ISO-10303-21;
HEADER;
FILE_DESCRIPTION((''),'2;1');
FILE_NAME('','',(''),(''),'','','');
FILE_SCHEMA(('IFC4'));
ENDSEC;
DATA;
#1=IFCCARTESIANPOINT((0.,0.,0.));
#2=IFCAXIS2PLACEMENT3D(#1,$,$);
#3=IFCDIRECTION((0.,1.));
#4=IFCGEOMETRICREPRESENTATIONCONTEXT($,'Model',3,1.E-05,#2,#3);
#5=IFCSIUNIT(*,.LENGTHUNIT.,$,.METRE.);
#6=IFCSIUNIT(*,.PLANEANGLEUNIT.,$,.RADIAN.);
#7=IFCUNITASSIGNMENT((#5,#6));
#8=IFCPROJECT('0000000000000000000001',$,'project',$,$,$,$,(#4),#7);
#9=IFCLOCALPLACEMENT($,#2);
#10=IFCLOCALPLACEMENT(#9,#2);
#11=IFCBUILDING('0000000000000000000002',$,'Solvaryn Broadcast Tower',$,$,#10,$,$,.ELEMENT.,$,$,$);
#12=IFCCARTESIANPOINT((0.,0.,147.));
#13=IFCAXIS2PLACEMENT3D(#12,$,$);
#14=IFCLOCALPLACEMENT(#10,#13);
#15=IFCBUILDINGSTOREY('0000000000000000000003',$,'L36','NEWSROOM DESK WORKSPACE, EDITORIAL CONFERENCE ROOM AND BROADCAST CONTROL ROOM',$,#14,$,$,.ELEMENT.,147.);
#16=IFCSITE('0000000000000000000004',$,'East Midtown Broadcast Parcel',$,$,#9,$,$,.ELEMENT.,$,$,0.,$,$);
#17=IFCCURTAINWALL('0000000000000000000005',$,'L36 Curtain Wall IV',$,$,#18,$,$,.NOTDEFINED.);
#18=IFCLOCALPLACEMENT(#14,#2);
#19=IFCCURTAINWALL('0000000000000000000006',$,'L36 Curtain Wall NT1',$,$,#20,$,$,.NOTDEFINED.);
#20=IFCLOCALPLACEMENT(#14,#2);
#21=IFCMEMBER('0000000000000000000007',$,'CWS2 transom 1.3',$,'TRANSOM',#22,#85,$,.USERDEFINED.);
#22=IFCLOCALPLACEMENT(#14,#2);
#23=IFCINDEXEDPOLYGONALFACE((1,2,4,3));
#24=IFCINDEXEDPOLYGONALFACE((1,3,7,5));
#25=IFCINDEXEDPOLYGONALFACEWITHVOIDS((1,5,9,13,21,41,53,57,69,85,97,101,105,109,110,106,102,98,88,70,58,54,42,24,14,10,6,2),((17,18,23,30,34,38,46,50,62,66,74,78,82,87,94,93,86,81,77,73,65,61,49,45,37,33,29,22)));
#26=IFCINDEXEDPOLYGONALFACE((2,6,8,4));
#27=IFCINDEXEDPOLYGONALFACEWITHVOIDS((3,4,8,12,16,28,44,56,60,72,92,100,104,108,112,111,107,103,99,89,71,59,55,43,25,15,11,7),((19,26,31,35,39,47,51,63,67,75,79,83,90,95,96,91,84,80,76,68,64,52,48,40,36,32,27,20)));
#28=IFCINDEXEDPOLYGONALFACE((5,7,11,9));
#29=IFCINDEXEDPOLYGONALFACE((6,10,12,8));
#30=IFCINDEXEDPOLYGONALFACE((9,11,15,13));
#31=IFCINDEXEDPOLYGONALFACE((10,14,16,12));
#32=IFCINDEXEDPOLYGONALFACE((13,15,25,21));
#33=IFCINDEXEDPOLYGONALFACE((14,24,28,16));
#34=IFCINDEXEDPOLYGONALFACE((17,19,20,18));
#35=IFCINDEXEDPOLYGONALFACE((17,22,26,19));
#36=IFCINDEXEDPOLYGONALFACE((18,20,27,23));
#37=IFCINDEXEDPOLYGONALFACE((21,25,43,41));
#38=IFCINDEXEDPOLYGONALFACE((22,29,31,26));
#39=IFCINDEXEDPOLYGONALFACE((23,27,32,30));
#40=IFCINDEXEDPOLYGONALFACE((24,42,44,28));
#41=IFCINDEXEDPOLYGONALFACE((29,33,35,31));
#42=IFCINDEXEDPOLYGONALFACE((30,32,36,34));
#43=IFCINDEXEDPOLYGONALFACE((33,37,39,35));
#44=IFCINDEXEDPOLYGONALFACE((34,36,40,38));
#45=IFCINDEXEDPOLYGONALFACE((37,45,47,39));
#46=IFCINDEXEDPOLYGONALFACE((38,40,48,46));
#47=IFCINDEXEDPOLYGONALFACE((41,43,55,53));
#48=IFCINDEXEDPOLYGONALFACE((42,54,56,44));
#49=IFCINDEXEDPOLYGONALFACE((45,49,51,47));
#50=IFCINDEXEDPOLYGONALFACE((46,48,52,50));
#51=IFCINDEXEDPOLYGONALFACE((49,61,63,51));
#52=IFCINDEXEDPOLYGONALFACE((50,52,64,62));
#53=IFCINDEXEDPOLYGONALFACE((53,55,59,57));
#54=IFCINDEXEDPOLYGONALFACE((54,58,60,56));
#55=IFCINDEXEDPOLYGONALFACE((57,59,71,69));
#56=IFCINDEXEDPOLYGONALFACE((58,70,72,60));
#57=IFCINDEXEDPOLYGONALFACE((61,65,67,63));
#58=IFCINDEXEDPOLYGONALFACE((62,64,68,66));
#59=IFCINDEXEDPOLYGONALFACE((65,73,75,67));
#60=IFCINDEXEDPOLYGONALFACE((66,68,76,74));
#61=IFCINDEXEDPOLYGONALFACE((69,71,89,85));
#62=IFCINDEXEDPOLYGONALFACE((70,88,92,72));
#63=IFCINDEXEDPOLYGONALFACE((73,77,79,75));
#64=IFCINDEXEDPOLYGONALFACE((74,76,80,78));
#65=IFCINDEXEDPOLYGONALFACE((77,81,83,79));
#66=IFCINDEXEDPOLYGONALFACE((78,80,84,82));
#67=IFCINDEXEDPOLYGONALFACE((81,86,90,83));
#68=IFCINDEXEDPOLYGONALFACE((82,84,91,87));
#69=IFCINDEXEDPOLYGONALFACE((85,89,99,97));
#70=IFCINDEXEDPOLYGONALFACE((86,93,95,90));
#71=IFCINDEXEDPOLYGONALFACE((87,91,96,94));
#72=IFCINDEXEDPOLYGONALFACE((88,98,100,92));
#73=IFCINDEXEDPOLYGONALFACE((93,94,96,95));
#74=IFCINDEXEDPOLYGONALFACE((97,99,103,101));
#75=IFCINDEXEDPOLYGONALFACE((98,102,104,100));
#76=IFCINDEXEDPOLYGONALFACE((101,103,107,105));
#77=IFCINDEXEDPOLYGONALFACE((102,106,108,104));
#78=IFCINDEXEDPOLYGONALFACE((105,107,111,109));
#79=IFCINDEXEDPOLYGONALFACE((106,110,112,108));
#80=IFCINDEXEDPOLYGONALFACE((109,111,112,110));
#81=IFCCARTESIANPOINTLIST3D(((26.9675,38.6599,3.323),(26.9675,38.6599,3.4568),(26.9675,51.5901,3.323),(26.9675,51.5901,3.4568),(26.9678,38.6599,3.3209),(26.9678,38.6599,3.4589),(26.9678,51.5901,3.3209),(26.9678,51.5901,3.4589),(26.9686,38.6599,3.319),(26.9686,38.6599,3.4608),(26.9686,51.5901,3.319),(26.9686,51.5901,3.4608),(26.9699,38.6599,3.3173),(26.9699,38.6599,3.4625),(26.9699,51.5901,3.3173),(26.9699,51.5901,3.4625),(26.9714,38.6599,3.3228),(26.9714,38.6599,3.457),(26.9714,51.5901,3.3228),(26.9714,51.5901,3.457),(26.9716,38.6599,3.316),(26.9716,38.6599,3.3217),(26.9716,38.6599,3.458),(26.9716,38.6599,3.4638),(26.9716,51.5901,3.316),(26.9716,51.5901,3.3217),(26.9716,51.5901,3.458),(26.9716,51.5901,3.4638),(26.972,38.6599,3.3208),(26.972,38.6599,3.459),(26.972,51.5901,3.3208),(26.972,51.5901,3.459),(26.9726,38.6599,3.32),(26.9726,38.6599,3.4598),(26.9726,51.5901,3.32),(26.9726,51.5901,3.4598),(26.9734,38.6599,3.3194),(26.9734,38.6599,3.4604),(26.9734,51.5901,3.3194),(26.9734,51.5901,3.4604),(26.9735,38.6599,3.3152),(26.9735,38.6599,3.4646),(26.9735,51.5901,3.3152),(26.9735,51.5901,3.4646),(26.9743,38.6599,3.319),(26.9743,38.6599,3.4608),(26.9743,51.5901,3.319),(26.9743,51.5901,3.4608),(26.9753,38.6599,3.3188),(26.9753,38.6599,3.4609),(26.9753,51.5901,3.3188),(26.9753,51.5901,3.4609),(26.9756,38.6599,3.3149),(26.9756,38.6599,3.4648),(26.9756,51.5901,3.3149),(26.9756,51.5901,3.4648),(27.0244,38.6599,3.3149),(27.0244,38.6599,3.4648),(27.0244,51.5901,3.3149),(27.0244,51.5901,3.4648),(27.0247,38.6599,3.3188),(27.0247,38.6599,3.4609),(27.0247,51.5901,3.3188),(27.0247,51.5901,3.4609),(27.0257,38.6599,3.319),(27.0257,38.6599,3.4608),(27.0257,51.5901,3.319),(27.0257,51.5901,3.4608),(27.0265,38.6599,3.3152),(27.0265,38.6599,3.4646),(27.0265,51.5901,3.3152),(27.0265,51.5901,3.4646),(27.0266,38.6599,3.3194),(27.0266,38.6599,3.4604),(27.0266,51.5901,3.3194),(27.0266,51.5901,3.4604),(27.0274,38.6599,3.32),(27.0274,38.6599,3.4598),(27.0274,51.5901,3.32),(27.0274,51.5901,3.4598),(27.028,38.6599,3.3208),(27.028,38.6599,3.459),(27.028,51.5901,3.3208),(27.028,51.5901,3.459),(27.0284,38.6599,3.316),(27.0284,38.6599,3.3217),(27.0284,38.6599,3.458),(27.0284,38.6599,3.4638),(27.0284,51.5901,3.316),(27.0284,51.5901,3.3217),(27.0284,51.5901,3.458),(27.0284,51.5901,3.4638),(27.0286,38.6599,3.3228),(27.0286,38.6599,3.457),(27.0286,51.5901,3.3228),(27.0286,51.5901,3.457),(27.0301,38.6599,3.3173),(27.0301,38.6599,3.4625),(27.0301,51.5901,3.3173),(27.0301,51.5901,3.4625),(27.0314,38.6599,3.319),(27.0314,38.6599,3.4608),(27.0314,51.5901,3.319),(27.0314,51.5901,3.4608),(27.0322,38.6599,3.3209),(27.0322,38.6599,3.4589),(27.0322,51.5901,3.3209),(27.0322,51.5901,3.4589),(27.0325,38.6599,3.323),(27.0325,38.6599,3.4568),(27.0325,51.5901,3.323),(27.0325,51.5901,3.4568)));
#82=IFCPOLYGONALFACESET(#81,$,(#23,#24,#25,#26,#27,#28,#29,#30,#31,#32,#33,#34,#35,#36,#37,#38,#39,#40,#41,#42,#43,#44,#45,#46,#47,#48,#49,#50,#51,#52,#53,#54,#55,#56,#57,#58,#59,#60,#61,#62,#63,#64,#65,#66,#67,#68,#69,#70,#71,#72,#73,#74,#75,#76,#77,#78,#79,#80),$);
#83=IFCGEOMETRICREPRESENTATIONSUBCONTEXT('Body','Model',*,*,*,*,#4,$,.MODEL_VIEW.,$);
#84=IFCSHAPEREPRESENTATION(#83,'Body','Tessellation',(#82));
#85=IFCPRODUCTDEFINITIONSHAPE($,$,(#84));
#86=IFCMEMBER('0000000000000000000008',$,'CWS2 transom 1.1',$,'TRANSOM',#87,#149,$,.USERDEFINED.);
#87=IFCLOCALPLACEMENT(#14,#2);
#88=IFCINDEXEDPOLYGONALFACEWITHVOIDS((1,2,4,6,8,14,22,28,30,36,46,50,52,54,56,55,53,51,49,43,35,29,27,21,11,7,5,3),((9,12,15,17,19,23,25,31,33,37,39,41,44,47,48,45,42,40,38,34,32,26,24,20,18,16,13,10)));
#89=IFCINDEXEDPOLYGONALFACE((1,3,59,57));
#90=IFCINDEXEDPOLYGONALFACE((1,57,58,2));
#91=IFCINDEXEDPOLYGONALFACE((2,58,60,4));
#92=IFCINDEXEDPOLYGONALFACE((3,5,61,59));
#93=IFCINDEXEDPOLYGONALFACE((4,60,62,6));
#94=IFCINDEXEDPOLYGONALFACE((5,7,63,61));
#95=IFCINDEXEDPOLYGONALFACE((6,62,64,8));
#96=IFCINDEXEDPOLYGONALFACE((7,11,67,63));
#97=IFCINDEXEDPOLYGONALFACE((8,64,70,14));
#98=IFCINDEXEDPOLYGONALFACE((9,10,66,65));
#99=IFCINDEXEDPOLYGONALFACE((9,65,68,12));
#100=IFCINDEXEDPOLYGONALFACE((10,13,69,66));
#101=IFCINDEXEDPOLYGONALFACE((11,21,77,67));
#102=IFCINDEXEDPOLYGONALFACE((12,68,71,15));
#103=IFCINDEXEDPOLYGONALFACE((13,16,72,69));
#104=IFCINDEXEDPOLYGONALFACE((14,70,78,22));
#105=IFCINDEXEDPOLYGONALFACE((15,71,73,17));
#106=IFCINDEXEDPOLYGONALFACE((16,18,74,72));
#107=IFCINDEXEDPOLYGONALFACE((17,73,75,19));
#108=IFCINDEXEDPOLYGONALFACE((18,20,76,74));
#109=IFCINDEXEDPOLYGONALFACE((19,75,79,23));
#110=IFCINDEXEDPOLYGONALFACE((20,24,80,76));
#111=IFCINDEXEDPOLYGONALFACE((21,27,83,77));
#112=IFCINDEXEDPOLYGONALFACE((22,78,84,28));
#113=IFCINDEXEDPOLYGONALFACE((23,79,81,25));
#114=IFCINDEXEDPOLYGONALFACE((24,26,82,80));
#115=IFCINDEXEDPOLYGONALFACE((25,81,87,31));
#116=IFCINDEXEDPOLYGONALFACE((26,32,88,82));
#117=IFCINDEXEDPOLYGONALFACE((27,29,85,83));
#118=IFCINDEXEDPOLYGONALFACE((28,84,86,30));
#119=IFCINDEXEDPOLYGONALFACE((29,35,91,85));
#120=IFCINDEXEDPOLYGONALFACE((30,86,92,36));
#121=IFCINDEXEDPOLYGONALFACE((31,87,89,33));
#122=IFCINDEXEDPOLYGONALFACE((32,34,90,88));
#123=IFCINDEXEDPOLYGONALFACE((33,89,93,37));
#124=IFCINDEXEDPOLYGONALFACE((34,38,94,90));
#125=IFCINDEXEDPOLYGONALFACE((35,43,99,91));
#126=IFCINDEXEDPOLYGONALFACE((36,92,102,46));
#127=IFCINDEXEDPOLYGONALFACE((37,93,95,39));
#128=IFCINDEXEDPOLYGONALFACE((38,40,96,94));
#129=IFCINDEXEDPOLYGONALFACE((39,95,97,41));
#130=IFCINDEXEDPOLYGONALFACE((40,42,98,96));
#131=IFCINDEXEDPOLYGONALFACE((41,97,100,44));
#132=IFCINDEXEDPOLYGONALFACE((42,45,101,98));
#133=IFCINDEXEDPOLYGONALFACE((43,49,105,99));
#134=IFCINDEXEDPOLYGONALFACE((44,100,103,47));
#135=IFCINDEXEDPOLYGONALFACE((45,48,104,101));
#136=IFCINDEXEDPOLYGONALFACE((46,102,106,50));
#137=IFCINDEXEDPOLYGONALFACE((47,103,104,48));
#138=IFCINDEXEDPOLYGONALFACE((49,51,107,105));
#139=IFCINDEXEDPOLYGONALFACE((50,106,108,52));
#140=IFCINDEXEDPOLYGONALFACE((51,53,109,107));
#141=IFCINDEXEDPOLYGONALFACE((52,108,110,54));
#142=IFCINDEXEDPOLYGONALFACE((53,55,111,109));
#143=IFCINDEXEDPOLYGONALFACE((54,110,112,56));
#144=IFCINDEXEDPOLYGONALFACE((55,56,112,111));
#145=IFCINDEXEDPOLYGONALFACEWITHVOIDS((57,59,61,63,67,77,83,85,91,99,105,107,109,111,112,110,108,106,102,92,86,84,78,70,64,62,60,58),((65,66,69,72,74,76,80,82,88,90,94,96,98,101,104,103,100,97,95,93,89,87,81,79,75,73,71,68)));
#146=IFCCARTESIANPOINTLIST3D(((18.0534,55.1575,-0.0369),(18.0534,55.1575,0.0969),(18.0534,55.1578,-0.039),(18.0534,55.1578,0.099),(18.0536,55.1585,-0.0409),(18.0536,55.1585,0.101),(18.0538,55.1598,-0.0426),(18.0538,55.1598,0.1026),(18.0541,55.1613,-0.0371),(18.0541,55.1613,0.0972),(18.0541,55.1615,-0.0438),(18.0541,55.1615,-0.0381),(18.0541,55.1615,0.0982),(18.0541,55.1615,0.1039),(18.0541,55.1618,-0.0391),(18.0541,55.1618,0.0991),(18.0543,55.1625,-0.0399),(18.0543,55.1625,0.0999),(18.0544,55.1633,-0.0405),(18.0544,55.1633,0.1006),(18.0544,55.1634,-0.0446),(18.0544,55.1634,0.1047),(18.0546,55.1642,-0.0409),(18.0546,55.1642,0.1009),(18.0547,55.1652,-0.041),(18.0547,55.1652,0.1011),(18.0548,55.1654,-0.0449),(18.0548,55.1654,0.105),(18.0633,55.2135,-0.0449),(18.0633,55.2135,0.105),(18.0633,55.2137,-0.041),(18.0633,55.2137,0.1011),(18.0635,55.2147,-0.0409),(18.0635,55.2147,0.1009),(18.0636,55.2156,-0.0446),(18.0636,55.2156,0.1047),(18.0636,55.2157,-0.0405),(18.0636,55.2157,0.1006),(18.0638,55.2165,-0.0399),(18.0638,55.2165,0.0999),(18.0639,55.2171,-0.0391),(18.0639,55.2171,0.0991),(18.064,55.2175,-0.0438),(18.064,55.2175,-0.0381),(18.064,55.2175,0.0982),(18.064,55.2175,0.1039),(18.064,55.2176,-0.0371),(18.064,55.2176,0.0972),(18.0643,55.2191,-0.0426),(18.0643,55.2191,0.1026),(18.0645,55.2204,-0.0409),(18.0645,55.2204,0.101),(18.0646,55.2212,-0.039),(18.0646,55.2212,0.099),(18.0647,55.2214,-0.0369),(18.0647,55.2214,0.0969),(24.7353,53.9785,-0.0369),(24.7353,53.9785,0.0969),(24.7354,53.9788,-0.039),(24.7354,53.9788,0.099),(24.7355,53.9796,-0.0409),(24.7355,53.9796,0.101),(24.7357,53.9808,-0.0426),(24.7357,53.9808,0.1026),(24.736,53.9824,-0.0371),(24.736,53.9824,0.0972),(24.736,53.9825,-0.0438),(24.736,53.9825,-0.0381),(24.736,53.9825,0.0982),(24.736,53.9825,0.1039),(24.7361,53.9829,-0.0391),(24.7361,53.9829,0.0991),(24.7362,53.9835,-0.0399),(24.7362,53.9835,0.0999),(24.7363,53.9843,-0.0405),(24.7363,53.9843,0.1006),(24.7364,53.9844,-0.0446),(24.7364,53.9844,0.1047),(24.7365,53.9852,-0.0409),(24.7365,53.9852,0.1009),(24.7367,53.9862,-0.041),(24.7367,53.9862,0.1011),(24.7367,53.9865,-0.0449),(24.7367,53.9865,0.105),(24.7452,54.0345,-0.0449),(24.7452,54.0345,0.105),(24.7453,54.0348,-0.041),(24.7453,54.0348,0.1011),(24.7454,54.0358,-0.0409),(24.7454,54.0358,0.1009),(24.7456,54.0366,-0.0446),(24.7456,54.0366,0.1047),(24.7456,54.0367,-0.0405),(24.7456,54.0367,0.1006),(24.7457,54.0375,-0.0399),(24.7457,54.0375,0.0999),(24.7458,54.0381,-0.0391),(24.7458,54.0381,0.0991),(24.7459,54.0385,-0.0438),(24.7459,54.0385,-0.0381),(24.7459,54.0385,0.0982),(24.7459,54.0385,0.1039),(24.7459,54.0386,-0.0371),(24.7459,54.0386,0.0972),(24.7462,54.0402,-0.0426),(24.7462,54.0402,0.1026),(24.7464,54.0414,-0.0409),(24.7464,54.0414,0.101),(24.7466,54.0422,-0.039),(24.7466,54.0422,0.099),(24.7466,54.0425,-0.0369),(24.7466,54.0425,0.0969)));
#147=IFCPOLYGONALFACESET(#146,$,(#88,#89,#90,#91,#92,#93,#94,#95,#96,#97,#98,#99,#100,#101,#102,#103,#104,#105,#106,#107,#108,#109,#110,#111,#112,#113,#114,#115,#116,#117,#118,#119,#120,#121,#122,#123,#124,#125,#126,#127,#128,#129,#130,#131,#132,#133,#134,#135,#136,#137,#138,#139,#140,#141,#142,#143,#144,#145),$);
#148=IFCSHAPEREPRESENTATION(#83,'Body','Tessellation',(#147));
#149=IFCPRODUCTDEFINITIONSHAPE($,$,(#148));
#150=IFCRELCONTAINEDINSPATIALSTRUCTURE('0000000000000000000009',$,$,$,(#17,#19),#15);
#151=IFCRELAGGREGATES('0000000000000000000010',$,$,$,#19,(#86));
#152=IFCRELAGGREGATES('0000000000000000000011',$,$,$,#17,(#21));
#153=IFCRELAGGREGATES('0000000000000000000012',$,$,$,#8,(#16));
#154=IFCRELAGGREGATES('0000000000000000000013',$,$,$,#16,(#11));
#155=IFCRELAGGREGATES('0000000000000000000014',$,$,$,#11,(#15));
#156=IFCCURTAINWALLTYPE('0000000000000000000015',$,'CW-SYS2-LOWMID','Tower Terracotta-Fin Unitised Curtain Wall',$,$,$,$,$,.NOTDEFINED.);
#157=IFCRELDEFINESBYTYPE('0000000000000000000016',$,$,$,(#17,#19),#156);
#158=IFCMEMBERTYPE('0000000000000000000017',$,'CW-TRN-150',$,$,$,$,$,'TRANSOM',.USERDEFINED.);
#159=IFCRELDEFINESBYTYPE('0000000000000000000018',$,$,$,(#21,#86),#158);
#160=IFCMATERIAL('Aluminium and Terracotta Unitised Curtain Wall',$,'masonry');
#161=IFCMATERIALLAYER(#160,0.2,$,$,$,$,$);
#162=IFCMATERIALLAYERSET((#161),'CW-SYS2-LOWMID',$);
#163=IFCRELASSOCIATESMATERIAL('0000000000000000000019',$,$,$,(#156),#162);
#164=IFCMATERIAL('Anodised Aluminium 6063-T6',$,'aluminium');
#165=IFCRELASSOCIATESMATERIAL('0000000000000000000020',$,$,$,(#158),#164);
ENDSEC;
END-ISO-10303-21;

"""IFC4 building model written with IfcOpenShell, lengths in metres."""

from ifc_helpers import new_model, si_unit, direction, frame, origin, origin_2d, place, context, subcontext, project, spatial, hollow_rectangle, extrude, material, layer, layer_set, material_profile, profile_set, type_object, element, aggregate, save


model = new_model("IFC4")

# Units and contexts
model_context = context("Model", 3, precision=1e-05, world=origin(), true_north=direction((0.0, 1.0)))
body_context = subcontext(model_context, "Body", "Model", "MODEL_VIEW")
ifc_project = project(units=[si_unit("LENGTHUNIT", "METRE"), si_unit("PLANEANGLEUNIT", "RADIAN")], contexts=[model_context])

# Site, building, storey
site_placement = place(None, origin())
site = spatial("IfcSite", under=ifc_project, at=site_placement, Name="East Midtown Broadcast Parcel", CompositionType="ELEMENT", RefElevation=0.0)
building_placement = place(site_placement, origin())
building = spatial("IfcBuilding", under=site, at=building_placement, Name="Solvaryn Broadcast Tower", CompositionType="ELEMENT")
storey_placement = place(building_placement, frame((0.0, 0.0, 147.0)))
storey = spatial("IfcBuildingStorey", under=building, at=storey_placement, Name="L36", Description="NEWSROOM DESK WORKSPACE, EDITORIAL CONFERENCE ROOM AND BROADCAST CONTROL ROOM", CompositionType="ELEMENT", Elevation=147.0)

# Curtain wall
ifc_material_1 = material(Name="Aluminium and Terracotta Unitised Curtain Wall", Category="masonry")
ifc_layer_1 = layer(ifc_material_1, 0.2)
ifc_layer_set_1 = layer_set([ifc_layer_1], Name="CW-SYS2-LOWMID")
curtain_wall_type = type_object("IfcCurtainWallType", Name="CW-SYS2-LOWMID", Description="Tower Terracotta-Fin Unitised Curtain Wall", PredefinedType="NOTDEFINED", material=ifc_layer_set_1)
curtain_wall_1_placement = place(storey_placement, origin())
curtain_wall_1 = element("IfcCurtainWall", 1, at=curtain_wall_1_placement, inside=storey, type_object=curtain_wall_type, Name="L36 Curtain Wall IV", PredefinedType="NOTDEFINED")

# Curtain wall
curtain_wall_2_placement = place(storey_placement, origin())
curtain_wall_2 = element("IfcCurtainWall", 2, at=curtain_wall_2_placement, inside=storey, type_object=curtain_wall_type, Name="L36 Curtain Wall NT1", PredefinedType="NOTDEFINED")

# Members
ifc_material_2 = material(Name="Anodised Aluminium 6063-T6", Category="aluminium")
ifc_material_profile_1 = material_profile(ifc_material_2, hollow_rectangle(XDim=0.0649, YDim=0.1499, WallThickness=0.0039, InnerFilletRadius=0.0039, OuterFilletRadius=0.0081, at=origin_2d()))
ifc_profile_set_1 = profile_set([ifc_material_profile_1], Name="Anodised Aluminium 6063-T6")
member_type_1 = type_object("IfcMemberType", Name="CW-TRN-150", ElementType="TRANSOM", PredefinedType="USERDEFINED", material=ifc_profile_set_1)
member_1_placement = place(storey_placement, frame((27.0, 51.5901, 3.3899), z_axis=(0.0, -1.0, 0.0), x_axis=(1.0, 0.0, 0.0)))
member_1 = element("IfcMember", 3, at=member_1_placement, type_object=member_type_1, Name="CWS2 transom 1.3", ObjectType="TRANSOM", PredefinedType="USERDEFINED", context=body_context, shape_type="SweptSolid", body=[
    extrude(hollow_rectangle(XDim=0.0649, YDim=0.1499, WallThickness=0.0039, InnerFilletRadius=0.0039, OuterFilletRadius=0.0081, at=origin_2d()), origin(), (0.0, 0.0, 1.0), 12.9302),
])
member_2_placement = place(storey_placement, frame((24.741, 54.0105, 0.03), z_axis=(-0.984789, 0.173757, 0.0), x_axis=(-0.173757, -0.984789, 0.0)))
member_2 = element("IfcMember", 4, at=member_2_placement, type_object=member_type_1, Name="CWS2 transom 1.1", ObjectType="TRANSOM", PredefinedType="USERDEFINED", context=body_context, shape_type="SweptSolid", body=[
    extrude(hollow_rectangle(XDim=0.0649, YDim=0.1499, WallThickness=0.0039, InnerFilletRadius=0.0039, OuterFilletRadius=0.0081, at=origin_2d()), origin(), (0.0, 0.0, 1.0), 6.7852),
])
aggregate(curtain_wall_2, [member_2])

aggregate(curtain_wall_1, [member_1])

save(model, "model.ifc")
